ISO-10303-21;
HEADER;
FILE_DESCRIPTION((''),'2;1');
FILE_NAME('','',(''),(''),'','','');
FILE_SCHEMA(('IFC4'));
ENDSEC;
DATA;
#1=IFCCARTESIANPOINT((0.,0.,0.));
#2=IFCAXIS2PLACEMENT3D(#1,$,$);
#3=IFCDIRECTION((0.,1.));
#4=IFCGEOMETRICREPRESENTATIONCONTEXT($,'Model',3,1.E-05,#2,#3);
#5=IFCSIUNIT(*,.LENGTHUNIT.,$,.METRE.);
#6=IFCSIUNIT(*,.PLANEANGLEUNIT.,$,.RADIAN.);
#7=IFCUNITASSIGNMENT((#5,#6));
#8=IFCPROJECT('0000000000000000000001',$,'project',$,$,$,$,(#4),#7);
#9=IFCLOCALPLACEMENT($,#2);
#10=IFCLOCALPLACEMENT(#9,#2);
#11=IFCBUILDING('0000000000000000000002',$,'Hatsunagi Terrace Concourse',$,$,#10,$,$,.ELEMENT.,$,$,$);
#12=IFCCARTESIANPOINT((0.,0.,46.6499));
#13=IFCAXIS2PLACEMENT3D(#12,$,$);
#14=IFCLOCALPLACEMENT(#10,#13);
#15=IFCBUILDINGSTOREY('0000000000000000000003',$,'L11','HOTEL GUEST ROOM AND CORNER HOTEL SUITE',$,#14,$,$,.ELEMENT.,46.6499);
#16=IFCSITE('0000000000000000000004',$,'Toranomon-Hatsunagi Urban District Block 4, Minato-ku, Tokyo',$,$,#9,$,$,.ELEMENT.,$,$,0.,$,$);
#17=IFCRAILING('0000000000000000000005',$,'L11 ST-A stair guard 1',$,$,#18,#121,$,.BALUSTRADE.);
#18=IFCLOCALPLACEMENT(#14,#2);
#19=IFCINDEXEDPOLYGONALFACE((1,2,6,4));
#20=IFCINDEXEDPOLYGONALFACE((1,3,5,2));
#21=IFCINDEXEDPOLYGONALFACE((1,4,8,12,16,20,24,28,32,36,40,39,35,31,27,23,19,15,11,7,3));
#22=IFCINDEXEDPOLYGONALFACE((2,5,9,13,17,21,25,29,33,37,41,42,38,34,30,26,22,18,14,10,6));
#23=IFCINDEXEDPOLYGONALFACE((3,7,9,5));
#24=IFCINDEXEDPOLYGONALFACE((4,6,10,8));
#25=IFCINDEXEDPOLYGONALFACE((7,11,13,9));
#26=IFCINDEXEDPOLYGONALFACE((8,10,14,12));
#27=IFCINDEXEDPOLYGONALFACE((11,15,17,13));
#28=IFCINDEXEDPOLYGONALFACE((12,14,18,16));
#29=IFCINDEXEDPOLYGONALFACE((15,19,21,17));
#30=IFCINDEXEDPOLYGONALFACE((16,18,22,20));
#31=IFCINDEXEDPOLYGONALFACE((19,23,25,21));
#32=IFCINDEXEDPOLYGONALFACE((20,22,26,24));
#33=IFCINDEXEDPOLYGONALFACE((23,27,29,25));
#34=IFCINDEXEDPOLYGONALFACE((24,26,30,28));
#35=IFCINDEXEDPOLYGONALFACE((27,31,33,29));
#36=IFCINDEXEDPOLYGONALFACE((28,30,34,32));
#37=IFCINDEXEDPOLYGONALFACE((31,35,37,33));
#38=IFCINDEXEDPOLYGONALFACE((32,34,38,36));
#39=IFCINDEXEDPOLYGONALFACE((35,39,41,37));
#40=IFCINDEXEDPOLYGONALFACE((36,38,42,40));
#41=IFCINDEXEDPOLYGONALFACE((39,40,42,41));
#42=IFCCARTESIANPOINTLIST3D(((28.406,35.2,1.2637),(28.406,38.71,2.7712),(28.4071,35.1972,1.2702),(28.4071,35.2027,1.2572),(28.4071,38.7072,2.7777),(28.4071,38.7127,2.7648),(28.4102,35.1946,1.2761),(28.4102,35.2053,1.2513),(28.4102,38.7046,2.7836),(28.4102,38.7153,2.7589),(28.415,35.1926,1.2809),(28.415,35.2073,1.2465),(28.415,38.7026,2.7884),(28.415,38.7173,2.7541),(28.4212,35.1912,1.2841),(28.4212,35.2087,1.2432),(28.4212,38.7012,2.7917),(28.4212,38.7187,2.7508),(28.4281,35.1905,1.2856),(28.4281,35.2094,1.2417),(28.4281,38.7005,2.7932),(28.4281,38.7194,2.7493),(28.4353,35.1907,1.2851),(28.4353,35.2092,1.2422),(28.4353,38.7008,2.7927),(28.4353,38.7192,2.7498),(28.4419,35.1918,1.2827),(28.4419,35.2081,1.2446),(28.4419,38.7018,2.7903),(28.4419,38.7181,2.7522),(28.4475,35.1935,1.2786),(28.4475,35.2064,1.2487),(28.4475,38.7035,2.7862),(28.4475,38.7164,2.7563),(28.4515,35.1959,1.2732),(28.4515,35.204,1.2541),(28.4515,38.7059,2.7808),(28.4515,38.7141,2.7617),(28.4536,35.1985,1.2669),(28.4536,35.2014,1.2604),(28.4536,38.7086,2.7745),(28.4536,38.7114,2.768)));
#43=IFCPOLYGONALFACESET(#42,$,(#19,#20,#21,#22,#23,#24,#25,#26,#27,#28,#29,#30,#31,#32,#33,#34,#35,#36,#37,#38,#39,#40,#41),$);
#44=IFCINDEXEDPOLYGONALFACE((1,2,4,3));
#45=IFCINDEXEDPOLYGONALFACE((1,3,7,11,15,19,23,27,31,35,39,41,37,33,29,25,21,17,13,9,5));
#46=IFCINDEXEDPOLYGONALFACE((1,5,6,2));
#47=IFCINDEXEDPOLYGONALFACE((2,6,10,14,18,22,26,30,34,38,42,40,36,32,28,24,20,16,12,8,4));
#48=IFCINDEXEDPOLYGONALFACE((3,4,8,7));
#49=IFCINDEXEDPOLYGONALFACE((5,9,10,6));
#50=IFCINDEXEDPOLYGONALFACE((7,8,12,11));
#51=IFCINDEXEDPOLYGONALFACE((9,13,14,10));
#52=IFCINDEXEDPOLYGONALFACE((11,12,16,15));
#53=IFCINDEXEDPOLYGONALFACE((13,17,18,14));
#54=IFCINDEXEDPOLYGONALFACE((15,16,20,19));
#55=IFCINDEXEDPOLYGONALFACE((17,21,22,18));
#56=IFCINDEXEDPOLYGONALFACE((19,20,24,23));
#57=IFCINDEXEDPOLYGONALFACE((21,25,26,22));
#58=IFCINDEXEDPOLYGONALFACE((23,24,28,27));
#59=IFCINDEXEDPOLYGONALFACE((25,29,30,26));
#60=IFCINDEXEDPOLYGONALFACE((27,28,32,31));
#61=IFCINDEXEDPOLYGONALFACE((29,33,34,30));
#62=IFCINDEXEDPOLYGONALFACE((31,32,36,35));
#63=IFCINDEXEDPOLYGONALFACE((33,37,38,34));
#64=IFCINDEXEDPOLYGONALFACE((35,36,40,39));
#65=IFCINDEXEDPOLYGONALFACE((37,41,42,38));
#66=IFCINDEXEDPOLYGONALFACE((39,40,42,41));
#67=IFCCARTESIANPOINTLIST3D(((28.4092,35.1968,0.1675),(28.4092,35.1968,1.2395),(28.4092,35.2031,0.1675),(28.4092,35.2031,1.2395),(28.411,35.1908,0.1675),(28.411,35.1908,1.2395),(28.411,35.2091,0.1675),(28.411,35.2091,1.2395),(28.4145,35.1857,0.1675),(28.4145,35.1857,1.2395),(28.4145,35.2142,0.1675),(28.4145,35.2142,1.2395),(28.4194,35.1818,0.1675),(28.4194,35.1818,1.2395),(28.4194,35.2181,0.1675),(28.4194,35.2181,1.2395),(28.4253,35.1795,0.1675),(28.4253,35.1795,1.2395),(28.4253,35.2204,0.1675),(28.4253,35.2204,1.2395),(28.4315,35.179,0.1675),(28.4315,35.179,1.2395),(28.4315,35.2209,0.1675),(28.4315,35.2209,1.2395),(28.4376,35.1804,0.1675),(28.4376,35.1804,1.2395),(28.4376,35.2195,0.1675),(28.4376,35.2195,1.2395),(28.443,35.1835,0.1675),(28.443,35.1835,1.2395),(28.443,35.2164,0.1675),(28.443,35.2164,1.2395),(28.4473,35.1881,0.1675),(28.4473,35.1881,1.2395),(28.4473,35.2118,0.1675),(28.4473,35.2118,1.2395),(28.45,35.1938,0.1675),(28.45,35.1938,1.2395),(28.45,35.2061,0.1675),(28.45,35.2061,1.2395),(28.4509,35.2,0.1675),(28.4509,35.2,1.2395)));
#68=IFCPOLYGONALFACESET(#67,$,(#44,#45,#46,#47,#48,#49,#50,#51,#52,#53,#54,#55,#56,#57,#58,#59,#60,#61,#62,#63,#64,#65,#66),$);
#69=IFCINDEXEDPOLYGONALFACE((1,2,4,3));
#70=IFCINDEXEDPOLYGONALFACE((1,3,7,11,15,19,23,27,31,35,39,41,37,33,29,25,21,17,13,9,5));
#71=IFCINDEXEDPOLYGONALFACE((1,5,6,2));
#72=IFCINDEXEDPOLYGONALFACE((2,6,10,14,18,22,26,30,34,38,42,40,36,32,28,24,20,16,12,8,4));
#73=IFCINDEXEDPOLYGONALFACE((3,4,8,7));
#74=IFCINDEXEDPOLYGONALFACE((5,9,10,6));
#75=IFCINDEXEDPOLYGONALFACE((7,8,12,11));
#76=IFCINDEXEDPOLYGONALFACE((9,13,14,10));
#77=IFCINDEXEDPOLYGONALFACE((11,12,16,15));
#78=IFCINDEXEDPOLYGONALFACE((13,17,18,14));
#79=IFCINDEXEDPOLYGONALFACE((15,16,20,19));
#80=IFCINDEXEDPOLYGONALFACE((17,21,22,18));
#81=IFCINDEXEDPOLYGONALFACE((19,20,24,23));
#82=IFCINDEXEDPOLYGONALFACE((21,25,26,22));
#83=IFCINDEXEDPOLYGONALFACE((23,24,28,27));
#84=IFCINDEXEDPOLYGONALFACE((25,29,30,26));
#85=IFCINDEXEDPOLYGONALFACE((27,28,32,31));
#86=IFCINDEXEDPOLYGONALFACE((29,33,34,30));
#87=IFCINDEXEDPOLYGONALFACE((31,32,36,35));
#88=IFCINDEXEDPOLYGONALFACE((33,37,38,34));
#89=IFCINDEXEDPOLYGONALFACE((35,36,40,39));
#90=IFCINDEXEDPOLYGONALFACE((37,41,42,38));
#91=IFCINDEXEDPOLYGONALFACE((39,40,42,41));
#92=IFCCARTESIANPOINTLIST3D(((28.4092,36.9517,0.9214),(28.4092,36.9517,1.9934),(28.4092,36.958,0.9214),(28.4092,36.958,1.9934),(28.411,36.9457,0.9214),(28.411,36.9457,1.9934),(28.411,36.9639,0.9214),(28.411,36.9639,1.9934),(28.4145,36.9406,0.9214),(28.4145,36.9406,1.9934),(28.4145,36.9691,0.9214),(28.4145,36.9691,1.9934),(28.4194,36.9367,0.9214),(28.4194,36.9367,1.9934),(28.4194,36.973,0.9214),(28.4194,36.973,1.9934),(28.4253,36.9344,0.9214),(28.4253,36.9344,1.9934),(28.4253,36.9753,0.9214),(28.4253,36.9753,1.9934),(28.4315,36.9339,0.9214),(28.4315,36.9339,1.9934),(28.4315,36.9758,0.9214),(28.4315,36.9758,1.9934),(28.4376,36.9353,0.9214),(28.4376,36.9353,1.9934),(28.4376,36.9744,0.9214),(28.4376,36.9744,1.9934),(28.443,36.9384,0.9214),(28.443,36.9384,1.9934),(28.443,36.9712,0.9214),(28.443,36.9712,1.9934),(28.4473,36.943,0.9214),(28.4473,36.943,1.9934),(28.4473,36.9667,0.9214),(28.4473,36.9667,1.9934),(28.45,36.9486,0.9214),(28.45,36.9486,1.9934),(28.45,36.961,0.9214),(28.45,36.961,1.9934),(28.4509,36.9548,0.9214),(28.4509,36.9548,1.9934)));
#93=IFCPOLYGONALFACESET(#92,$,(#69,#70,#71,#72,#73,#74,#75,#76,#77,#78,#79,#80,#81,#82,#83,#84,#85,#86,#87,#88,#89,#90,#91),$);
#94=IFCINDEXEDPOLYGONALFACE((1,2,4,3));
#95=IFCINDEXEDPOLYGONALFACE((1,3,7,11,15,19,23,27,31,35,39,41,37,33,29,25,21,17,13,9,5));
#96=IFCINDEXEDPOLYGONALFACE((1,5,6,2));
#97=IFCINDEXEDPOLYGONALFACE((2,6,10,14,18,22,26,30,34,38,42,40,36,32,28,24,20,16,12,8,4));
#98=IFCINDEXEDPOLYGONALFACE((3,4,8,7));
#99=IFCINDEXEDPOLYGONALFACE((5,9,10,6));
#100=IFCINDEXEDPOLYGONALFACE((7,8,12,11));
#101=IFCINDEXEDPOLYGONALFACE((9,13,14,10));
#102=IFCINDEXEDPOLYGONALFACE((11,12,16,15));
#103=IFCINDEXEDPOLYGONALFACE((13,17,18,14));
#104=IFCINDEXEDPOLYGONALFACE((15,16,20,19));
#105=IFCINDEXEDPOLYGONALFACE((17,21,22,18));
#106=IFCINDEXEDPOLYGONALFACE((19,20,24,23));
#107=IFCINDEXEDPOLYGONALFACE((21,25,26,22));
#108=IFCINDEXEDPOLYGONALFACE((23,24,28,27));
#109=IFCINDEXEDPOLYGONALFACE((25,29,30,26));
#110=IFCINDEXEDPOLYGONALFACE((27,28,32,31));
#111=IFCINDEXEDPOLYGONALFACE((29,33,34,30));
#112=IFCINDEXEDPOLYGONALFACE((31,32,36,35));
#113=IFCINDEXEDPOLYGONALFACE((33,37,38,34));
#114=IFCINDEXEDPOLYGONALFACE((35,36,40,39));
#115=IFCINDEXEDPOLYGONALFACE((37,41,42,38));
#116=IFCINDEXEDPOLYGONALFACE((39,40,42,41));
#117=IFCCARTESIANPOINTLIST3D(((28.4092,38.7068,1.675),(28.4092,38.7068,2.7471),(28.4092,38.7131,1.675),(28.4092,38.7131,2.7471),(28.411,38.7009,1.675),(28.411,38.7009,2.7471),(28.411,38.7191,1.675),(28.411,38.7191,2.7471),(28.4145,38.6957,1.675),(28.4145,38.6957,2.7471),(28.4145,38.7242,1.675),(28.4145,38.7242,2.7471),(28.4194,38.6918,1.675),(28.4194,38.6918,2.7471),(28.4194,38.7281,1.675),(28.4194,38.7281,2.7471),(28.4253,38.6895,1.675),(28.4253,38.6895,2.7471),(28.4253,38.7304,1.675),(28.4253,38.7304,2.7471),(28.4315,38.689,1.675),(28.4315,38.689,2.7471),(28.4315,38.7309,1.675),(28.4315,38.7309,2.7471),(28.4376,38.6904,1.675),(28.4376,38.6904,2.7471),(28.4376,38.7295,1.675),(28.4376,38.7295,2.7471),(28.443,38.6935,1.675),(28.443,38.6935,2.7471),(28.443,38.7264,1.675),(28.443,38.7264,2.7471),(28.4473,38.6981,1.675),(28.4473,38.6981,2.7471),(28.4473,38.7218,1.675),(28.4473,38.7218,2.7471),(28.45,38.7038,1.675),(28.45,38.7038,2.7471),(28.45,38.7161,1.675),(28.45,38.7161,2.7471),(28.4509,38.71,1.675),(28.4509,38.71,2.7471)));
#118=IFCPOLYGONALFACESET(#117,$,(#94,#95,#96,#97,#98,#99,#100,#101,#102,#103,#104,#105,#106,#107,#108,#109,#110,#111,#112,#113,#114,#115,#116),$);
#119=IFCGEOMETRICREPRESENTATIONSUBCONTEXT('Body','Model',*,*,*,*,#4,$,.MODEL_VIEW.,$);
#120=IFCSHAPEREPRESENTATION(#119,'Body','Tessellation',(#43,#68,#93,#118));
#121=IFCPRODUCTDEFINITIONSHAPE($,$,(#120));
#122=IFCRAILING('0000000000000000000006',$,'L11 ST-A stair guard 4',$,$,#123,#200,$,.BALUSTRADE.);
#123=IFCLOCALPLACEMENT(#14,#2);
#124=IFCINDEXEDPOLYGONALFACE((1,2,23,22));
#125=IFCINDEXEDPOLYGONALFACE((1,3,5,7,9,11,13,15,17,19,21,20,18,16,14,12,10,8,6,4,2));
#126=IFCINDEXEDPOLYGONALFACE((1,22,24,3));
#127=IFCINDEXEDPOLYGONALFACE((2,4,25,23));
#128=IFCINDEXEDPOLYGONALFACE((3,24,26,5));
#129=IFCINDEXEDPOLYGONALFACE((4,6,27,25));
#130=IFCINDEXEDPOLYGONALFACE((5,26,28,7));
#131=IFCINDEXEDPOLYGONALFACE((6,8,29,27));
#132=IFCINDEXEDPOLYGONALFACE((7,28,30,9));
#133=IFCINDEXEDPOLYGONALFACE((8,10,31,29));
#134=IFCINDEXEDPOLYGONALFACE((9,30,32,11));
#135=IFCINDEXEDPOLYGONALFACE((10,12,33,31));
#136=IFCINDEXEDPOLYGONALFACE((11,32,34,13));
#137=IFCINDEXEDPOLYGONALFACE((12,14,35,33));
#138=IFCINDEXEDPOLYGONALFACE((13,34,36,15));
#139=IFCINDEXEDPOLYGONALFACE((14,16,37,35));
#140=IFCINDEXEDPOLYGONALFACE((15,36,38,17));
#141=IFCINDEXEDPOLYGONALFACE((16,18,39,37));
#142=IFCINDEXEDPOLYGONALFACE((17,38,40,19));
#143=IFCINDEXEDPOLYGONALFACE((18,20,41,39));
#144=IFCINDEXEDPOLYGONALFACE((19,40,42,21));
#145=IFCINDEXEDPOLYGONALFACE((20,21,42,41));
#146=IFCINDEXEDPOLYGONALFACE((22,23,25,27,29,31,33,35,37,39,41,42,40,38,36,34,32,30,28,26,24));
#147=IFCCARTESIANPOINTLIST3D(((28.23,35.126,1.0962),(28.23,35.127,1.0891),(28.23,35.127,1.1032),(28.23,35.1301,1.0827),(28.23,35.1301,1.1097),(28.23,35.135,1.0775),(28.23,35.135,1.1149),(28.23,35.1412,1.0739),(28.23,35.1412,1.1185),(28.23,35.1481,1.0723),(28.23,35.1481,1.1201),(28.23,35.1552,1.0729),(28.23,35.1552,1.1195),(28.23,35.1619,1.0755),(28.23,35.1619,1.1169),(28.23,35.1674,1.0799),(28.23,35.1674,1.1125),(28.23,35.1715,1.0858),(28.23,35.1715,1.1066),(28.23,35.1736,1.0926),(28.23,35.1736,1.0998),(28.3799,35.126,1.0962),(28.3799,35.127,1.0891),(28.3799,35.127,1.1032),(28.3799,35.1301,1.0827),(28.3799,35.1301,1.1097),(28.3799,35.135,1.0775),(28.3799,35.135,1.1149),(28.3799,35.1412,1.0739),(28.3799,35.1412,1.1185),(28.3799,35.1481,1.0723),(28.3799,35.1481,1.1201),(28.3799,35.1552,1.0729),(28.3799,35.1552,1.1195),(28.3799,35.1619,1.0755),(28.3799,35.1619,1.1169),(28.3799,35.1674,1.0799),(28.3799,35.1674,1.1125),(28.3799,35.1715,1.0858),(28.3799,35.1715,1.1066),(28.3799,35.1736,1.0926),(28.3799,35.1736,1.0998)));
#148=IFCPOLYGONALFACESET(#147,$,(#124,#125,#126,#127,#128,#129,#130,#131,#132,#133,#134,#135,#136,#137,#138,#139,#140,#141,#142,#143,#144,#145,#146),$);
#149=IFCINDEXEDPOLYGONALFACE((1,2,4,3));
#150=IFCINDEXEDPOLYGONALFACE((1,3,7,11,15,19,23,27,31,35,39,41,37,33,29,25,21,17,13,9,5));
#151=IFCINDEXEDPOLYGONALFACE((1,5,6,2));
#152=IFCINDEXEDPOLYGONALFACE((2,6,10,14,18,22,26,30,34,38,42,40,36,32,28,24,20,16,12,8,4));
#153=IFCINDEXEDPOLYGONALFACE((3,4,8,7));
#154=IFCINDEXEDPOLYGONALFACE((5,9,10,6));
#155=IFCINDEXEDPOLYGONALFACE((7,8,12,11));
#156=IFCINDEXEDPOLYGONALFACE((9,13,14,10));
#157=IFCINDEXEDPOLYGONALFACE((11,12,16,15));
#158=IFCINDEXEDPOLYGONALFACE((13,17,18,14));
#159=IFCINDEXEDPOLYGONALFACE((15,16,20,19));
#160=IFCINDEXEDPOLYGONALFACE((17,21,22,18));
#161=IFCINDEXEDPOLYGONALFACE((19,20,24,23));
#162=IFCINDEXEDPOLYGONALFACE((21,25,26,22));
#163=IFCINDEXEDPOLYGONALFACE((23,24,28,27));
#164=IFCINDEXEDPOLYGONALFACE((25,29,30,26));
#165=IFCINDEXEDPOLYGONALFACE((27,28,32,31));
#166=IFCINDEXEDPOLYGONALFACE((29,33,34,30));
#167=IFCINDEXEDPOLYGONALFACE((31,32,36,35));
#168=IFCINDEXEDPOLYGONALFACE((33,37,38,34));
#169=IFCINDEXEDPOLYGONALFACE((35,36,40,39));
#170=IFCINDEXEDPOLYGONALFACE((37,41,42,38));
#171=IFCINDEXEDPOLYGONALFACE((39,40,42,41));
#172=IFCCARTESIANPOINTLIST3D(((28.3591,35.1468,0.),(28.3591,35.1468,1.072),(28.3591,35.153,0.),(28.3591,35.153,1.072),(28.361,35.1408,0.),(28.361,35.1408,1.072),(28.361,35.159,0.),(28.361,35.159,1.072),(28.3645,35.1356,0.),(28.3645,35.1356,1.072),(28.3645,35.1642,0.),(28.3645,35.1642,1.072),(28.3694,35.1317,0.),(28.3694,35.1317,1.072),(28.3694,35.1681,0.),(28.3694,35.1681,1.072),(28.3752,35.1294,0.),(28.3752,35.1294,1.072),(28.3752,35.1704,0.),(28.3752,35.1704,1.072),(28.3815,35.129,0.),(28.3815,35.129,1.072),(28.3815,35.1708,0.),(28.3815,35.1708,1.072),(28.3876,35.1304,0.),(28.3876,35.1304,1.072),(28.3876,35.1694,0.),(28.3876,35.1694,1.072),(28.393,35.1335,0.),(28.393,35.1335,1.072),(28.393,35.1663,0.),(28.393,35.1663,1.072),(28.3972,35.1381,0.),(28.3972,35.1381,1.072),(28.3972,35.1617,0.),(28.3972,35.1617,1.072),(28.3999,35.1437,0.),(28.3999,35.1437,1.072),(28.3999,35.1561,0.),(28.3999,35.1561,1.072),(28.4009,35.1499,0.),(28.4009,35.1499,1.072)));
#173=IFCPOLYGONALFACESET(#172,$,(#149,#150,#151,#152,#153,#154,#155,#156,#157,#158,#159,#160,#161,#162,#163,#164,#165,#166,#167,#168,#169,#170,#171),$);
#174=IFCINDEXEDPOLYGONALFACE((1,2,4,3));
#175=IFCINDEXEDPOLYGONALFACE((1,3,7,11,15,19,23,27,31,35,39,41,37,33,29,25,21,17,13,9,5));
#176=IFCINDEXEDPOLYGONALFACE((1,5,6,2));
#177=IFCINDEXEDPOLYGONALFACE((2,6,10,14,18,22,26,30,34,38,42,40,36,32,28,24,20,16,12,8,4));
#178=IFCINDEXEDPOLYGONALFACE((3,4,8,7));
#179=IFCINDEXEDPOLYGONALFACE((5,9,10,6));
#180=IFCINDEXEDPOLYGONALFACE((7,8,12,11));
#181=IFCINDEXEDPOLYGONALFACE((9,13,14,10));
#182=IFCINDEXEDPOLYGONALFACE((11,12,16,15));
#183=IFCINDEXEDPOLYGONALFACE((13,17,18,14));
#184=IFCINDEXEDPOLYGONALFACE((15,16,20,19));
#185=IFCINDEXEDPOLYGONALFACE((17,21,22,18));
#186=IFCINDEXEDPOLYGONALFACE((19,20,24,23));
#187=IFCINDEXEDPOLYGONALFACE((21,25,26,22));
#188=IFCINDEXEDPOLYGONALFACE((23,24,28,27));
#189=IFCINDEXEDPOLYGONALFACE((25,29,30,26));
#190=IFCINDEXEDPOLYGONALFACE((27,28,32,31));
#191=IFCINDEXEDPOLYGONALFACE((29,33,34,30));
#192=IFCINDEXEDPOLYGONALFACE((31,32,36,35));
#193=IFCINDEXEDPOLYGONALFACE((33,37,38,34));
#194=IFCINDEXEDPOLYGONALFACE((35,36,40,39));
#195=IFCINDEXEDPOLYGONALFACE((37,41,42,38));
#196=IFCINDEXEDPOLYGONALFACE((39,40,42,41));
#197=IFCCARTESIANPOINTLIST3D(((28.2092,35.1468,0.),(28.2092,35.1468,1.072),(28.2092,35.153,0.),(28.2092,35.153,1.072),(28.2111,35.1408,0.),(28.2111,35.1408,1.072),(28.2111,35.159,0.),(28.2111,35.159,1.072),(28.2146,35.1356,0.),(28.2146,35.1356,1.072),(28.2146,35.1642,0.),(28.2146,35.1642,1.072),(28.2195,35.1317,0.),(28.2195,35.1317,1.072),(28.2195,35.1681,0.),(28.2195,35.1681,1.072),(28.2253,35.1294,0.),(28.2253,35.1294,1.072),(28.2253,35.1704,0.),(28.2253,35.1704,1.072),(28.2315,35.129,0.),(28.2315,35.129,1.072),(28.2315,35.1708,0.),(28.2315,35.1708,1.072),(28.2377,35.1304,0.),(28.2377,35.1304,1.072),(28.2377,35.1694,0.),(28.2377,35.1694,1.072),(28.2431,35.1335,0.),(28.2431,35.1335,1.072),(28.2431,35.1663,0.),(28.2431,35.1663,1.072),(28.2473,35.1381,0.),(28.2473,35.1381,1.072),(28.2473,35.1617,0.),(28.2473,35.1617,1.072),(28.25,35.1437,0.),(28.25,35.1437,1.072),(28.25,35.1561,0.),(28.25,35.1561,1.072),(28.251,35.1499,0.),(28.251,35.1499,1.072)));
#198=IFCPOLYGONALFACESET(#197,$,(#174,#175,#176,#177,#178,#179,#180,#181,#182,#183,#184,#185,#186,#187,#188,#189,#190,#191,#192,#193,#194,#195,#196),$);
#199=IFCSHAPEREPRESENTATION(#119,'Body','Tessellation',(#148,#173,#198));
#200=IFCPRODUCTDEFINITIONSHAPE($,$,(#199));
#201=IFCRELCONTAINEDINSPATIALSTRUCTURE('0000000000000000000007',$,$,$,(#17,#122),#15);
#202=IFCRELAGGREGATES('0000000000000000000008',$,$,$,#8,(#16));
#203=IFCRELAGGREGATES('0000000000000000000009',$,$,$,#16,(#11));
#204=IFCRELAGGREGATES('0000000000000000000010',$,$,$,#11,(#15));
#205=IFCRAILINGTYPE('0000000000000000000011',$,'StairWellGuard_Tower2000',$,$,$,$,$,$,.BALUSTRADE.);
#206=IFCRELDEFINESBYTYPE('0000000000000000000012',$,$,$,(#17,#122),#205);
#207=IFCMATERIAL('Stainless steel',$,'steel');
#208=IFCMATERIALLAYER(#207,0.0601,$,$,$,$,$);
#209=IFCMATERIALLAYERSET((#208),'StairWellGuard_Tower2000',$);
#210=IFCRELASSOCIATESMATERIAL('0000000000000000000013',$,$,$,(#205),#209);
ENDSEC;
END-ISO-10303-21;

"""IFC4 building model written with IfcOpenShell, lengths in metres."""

from ifc_helpers import new_model, si_unit, direction, frame, origin, origin_2d, place, context, subcontext, project, spatial, circle, extrude, material, layer, layer_set, type_object, element, save


model = new_model("IFC4")

# Units and contexts
model_context = context("Model", 3, precision=1e-05, world=origin(), true_north=direction((0.0, 1.0)))
body_context = subcontext(model_context, "Body", "Model", "MODEL_VIEW")
ifc_project = project(units=[si_unit("LENGTHUNIT", "METRE"), si_unit("PLANEANGLEUNIT", "RADIAN")], contexts=[model_context])

# Site, building, storey
site_placement = place(None, origin())
site = spatial("IfcSite", under=ifc_project, at=site_placement, Name="Toranomon-Hatsunagi Urban District Block 4, Minato-ku, Tokyo", CompositionType="ELEMENT", RefElevation=0.0)
building_placement = place(site_placement, origin())
building = spatial("IfcBuilding", under=site, at=building_placement, Name="Hatsunagi Terrace Concourse", CompositionType="ELEMENT")
storey_placement = place(building_placement, frame((0.0, 0.0, 46.6499)))
storey = spatial("IfcBuildingStorey", under=building, at=storey_placement, Name="L11", Description="HOTEL GUEST ROOM AND CORNER HOTEL SUITE", CompositionType="ELEMENT", Elevation=46.6499)

# Railings
ifc_material_1 = material(Name="Stainless steel", Category="steel")
ifc_layer_1 = layer(ifc_material_1, 0.0601)
ifc_layer_set_1 = layer_set([ifc_layer_1], Name="StairWellGuard_Tower2000")
railing_type_1 = type_object("IfcRailingType", Name="StairWellGuard_Tower2000", PredefinedType="BALUSTRADE", material=ifc_layer_set_1)
railing_1_placement = place(storey_placement, frame((28.4299, 35.2, 0.1675)))
element("IfcRailing", 1, at=railing_1_placement, inside=storey, type_object=railing_type_1, Name="L11 ST-A stair guard 1", PredefinedType="BALUSTRADE", context=body_context, shape_type="SweptSolid", body=[
    extrude(circle(Radius=0.0239, at=origin_2d()), frame((0.0, 0.0, 1.0962), z_axis=(0.0, 0.918834, 0.394644), x_axis=(-1.0, 0.0, 0.0)), (0.0, 0.0, 1.0), 3.8201),
    extrude(circle(Radius=0.021, at=origin_2d()), origin(), (0.0, 0.0, 1.0), 1.072),
    extrude(circle(Radius=0.021, at=origin_2d()), frame((0.0, 1.7549, 0.7539)), (0.0, 0.0, 1.0), 1.072),
    extrude(circle(Radius=0.021, at=origin_2d()), frame((0.0, 3.51, 1.5076)), (0.0, 0.0, 1.0), 1.072),
])
railing_2_placement = place(storey_placement, frame((28.3799, 35.1499, 0.0)))
element("IfcRailing", 2, at=railing_2_placement, inside=storey, type_object=railing_type_1, Name="L11 ST-A stair guard 4", PredefinedType="BALUSTRADE", context=body_context, shape_type="SweptSolid", body=[
    extrude(circle(Radius=0.0239, at=origin_2d()), frame((0.0, 0.0, 1.0962), z_axis=(-1.0, 0.0, 0.0), x_axis=(0.0, -1.0, 0.0)), (0.0, 0.0, 1.0), 0.1499),
    extrude(circle(Radius=0.021, at=origin_2d()), origin(), (0.0, 0.0, 1.0), 1.072),
    extrude(circle(Radius=0.021, at=origin_2d()), frame((-0.1499, 0.0, 0.0)), (0.0, 0.0, 1.0), 1.072),
])

save(model, "model.ifc")
